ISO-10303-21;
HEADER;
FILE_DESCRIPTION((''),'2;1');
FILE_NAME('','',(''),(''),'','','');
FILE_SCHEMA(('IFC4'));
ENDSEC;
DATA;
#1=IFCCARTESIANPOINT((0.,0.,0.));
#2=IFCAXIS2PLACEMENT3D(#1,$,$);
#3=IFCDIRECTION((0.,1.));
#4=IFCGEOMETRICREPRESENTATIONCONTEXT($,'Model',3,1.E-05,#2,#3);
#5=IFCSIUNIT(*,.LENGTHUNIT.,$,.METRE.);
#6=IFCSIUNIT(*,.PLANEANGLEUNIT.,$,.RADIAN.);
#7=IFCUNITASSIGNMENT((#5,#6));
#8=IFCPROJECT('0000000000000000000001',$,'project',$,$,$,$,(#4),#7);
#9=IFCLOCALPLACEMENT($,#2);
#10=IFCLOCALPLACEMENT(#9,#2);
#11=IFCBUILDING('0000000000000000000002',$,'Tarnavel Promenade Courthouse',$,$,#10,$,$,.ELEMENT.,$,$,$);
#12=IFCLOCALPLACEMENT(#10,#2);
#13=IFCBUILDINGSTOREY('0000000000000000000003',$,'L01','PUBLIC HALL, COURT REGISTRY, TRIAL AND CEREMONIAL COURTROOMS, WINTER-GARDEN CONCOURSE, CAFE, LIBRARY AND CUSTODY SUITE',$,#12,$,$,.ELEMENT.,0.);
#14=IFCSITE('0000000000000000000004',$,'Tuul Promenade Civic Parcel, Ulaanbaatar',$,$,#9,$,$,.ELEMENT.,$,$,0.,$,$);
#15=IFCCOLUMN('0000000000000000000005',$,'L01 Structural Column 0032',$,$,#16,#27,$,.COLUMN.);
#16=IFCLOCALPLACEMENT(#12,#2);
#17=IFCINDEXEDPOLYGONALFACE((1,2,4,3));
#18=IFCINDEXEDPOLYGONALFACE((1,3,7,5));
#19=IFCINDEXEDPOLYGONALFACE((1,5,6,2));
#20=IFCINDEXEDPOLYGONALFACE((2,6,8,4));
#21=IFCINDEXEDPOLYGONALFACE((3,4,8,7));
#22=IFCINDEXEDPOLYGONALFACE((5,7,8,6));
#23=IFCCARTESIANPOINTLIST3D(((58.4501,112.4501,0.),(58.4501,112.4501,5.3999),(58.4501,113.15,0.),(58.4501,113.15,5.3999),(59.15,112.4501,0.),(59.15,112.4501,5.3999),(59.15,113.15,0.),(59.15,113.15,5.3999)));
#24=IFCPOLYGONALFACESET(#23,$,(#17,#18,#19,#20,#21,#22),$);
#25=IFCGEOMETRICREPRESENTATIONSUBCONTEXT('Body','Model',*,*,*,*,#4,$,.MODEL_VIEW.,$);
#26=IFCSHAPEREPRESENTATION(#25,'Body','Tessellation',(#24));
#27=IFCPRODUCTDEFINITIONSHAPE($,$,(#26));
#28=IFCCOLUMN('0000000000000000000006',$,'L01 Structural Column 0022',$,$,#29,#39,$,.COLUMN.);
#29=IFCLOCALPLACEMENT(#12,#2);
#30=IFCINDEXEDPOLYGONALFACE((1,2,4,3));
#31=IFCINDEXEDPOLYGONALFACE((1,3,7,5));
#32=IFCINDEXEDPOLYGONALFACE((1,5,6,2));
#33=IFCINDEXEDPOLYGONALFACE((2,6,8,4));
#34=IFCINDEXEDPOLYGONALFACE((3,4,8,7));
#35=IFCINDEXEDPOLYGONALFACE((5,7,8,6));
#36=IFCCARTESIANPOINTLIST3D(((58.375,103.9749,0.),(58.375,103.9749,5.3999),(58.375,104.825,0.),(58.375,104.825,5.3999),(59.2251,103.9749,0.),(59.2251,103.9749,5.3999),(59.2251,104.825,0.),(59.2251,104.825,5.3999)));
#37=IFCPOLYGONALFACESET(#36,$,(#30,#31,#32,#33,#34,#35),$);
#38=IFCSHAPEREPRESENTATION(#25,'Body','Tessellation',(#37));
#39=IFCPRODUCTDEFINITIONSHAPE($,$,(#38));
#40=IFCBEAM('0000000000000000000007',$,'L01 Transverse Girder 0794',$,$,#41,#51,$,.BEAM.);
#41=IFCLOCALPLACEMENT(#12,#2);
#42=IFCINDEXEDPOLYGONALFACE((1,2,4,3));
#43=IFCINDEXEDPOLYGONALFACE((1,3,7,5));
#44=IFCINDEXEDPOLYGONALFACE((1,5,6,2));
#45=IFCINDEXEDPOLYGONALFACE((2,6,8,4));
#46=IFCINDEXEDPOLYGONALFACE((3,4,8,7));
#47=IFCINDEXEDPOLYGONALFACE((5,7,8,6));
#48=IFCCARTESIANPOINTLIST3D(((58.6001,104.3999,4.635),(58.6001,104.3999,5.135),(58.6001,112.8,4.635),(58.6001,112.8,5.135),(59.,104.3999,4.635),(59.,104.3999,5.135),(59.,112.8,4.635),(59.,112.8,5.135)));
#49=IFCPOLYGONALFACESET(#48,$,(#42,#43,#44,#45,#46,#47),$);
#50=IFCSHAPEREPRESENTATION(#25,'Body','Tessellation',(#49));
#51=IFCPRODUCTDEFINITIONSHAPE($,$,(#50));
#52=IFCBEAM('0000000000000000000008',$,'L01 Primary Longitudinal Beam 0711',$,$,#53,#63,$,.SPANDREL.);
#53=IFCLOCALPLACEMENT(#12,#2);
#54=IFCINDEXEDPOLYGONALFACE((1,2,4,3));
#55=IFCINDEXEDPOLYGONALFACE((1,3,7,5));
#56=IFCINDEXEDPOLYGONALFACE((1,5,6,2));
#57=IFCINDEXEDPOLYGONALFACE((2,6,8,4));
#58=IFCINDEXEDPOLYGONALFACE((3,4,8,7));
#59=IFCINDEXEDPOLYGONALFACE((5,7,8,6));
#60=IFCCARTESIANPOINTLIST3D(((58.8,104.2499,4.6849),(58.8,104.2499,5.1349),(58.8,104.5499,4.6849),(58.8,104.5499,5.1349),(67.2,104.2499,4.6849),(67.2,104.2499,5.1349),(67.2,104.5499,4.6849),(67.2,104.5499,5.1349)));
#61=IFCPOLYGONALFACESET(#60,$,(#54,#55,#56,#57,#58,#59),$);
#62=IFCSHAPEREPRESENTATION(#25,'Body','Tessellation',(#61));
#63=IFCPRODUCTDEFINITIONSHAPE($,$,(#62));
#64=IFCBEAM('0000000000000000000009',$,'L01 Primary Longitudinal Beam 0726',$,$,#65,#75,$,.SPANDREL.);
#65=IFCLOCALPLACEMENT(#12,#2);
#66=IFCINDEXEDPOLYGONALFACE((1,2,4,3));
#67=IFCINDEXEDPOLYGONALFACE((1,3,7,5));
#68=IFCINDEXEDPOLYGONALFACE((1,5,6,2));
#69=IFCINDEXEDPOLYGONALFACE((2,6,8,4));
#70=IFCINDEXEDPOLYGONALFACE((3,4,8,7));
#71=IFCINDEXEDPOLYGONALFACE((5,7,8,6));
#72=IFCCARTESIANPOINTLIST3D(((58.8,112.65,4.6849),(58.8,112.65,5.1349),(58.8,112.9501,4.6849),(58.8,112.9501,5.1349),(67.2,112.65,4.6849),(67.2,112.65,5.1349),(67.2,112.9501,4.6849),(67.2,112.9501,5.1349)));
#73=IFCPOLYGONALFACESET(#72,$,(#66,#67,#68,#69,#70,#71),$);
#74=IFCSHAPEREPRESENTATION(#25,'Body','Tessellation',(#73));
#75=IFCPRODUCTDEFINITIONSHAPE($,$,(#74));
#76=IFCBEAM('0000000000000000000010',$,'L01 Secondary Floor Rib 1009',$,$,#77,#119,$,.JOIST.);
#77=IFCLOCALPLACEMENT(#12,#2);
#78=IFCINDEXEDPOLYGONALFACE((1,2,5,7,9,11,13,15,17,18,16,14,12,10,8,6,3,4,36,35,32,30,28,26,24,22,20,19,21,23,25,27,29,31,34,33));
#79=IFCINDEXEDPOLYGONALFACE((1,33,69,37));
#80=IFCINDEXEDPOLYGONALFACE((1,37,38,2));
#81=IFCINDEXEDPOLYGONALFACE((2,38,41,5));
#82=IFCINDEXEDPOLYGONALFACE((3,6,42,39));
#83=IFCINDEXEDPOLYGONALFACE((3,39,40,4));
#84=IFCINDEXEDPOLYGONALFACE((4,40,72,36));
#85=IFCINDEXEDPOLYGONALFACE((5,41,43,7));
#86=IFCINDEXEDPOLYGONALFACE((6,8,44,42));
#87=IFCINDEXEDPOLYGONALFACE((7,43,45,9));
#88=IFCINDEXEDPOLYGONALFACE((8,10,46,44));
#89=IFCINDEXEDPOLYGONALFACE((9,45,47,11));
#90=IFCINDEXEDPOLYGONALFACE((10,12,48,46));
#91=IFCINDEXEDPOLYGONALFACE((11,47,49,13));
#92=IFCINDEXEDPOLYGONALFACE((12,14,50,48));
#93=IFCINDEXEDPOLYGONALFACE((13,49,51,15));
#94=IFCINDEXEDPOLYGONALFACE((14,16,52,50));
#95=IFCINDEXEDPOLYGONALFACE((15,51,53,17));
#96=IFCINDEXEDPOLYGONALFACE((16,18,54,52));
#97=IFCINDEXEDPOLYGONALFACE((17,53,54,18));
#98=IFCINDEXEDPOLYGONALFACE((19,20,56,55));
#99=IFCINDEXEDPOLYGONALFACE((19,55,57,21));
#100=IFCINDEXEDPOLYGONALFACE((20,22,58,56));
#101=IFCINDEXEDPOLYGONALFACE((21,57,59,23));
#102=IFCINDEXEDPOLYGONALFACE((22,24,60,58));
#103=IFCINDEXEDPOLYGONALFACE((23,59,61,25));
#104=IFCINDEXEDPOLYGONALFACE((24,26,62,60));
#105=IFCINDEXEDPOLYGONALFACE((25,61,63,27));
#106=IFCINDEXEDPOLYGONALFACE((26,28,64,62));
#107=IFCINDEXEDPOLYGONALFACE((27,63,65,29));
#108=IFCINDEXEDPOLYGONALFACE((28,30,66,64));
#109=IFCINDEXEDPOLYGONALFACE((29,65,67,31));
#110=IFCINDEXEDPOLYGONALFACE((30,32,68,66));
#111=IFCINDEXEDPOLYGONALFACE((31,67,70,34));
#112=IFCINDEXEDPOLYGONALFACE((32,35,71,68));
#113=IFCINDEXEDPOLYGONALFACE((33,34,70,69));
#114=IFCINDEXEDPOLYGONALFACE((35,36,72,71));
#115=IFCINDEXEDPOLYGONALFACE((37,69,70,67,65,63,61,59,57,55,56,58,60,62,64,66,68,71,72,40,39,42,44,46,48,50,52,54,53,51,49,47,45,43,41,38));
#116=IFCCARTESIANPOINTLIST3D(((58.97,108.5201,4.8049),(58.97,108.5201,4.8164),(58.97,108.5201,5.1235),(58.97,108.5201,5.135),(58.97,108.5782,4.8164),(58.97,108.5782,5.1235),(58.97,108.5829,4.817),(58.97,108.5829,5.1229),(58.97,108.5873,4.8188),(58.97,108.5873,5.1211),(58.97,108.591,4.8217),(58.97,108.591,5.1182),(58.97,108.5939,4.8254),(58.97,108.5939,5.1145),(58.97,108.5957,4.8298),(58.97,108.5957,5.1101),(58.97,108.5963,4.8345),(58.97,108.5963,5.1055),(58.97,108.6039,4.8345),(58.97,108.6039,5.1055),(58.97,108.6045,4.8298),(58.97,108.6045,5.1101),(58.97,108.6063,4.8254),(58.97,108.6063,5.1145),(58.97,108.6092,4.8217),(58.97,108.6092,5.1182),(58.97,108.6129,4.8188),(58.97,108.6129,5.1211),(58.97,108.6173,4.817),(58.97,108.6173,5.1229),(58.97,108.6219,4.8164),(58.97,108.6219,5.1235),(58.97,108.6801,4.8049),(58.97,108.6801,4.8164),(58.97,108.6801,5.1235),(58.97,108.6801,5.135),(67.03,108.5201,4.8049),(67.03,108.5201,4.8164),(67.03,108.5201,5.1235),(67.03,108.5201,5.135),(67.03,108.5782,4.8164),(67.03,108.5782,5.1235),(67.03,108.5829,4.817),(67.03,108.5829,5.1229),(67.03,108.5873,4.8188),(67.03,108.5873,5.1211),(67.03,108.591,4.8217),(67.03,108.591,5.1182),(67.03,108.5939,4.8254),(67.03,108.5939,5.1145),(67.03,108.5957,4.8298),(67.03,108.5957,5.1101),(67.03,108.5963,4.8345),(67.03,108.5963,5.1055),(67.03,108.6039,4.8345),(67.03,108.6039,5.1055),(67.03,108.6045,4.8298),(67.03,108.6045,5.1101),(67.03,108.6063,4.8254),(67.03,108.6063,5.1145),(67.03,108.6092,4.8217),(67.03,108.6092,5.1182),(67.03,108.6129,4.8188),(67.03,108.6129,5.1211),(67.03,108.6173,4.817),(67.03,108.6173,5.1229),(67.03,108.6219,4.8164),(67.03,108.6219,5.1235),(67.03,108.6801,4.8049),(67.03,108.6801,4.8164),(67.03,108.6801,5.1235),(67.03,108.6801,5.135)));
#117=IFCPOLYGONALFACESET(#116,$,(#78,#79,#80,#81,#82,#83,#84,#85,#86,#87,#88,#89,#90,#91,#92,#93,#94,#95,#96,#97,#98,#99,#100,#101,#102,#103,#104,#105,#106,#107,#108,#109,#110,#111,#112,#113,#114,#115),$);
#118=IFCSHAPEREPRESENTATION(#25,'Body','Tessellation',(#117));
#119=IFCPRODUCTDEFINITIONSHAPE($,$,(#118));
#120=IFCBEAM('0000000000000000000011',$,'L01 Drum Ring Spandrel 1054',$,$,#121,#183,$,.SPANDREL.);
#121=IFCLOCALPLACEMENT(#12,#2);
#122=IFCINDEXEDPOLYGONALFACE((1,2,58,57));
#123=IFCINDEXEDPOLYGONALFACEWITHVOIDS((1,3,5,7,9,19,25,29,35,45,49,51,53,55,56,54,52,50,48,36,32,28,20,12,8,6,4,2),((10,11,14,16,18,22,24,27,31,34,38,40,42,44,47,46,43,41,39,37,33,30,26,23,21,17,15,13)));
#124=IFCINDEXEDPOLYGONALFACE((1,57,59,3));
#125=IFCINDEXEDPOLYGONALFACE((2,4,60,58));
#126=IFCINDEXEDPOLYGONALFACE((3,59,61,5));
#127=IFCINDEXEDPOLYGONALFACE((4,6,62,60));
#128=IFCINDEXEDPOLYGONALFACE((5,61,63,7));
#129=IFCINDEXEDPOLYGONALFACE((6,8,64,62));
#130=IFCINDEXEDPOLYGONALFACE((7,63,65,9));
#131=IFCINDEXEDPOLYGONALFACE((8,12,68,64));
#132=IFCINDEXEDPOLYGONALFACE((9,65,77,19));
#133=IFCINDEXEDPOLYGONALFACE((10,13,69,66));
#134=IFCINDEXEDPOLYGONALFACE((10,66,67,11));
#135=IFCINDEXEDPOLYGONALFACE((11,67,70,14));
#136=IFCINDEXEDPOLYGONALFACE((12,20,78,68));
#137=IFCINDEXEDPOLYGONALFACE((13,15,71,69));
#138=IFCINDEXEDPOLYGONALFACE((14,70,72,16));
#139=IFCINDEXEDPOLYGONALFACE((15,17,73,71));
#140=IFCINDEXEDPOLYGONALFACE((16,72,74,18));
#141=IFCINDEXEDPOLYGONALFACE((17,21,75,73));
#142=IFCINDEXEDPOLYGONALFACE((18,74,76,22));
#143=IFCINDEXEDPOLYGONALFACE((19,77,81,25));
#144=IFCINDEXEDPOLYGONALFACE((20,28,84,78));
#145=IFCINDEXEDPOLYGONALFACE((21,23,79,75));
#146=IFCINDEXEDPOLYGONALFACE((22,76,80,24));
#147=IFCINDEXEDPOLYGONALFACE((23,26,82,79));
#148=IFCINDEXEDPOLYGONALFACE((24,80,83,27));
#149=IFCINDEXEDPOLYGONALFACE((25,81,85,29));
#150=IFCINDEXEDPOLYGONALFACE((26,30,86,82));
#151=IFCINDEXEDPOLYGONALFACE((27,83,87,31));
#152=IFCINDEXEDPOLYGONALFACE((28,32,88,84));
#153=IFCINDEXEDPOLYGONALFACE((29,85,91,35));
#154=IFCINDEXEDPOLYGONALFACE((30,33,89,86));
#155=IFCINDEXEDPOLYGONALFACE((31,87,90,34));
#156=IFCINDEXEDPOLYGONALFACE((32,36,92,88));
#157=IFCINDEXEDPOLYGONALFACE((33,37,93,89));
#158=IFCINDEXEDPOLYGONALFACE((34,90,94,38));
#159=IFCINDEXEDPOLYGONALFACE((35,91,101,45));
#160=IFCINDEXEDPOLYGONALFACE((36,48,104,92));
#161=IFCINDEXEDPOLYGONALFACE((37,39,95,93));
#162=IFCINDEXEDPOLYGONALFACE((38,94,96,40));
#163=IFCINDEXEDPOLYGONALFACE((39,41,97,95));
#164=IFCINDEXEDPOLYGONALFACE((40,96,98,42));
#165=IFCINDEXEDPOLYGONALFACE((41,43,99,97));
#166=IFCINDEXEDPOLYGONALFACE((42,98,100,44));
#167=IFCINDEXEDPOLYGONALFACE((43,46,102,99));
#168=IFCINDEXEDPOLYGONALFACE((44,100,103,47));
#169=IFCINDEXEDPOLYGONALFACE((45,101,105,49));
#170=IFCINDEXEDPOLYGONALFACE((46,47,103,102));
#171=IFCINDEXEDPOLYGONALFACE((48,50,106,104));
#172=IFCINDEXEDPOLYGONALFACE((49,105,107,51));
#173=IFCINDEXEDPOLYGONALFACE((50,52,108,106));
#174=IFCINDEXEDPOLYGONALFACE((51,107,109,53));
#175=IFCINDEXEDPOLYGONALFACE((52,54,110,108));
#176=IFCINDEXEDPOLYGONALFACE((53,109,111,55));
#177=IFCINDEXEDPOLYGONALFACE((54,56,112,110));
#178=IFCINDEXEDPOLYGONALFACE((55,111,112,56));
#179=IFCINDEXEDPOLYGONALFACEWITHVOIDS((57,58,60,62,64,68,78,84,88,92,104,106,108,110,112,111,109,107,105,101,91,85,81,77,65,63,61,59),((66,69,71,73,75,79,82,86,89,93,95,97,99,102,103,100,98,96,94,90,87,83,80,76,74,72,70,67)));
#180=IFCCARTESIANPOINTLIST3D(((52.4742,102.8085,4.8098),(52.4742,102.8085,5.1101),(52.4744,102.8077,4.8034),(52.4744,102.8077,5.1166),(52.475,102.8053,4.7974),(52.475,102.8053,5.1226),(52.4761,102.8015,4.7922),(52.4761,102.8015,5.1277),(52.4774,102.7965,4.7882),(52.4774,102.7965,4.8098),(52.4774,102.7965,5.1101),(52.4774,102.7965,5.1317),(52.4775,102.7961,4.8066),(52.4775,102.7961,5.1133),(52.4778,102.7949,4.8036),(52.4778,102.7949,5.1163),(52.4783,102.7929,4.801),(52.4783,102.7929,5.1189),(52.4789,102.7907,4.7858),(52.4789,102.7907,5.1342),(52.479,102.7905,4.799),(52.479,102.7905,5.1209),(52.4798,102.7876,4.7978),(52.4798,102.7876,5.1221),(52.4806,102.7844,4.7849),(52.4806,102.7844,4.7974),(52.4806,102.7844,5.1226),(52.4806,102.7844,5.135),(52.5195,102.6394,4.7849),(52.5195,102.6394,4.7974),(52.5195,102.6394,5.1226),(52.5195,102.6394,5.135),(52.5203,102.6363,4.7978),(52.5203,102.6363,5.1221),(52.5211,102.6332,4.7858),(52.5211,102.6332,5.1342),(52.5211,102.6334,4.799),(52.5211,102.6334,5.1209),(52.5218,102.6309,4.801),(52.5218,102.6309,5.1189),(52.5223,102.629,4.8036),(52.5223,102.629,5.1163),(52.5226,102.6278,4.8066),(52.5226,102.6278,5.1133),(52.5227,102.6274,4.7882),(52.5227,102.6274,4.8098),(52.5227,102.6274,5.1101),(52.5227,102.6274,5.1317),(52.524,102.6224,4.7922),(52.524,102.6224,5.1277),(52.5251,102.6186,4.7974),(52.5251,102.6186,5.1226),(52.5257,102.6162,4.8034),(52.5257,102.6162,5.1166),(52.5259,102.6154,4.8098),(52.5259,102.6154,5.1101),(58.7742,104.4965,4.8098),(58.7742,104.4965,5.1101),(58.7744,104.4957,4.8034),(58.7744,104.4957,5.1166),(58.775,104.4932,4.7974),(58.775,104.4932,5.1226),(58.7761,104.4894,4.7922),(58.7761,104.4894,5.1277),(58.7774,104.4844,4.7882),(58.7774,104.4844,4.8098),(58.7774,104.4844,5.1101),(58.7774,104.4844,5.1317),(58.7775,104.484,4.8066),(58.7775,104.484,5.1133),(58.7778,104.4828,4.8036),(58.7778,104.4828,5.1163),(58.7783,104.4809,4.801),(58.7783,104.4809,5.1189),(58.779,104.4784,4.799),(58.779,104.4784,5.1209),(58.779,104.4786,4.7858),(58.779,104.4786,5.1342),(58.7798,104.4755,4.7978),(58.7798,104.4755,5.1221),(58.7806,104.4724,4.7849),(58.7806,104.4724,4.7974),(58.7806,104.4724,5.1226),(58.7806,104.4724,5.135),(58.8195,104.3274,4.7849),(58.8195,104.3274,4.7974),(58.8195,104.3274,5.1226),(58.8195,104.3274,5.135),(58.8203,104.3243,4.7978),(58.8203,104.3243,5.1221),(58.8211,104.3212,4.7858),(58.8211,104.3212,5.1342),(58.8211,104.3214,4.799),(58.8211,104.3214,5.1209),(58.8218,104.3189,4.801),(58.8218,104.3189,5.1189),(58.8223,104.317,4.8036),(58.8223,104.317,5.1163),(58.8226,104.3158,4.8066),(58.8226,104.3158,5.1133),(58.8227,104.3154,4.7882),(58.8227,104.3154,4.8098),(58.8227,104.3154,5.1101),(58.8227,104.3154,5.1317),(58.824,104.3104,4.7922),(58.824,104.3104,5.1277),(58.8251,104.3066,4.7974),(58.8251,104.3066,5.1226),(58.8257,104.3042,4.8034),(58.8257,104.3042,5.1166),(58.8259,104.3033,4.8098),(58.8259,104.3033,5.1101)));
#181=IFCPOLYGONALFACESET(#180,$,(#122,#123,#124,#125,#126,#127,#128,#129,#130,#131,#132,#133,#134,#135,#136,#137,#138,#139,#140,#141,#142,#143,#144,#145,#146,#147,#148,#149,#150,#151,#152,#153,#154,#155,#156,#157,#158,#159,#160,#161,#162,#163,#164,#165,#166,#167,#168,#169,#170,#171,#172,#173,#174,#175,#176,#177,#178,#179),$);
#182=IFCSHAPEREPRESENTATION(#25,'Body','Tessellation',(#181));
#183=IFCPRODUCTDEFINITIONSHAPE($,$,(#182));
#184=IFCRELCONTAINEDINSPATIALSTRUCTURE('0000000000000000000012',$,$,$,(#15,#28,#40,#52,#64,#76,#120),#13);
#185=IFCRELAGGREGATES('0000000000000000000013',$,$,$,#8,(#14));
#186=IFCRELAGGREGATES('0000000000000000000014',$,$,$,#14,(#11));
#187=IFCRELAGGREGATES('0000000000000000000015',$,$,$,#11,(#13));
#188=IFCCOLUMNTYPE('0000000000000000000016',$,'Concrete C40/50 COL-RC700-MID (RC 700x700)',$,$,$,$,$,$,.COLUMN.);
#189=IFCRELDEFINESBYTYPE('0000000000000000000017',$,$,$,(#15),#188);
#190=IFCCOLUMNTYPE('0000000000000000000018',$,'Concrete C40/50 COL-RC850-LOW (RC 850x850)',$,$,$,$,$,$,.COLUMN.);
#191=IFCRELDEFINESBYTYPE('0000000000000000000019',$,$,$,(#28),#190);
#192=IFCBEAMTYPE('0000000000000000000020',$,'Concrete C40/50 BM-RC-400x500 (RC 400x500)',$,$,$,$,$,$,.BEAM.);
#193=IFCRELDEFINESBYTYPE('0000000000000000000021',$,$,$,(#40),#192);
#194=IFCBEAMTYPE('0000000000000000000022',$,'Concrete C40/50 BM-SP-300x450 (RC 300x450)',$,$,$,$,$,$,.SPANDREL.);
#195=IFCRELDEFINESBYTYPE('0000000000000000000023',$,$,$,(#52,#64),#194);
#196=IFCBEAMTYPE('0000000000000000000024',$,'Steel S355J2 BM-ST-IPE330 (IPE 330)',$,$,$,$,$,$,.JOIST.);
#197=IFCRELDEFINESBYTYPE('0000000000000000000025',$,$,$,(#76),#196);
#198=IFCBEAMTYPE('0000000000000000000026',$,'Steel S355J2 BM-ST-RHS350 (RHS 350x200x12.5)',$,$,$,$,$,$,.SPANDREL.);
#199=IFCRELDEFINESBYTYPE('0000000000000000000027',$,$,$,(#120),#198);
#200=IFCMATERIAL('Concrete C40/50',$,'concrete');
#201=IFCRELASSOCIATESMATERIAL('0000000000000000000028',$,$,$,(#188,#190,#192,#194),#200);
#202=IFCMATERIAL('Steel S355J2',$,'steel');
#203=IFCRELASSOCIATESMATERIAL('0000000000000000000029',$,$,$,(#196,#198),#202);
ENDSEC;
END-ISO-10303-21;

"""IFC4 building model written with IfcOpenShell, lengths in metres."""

from ifc_helpers import new_model, si_unit, direction, frame, origin, origin_2d, place, context, subcontext, project, spatial, rectangle, hollow_rectangle, i_section, extrude, material, material_profile, profile_set, type_object, element, save


model = new_model("IFC4")

# Units and contexts
model_context = context("Model", 3, precision=1e-05, world=origin(), true_north=direction((0.0, 1.0)))
body_context = subcontext(model_context, "Body", "Model", "MODEL_VIEW")
ifc_project = project(units=[si_unit("LENGTHUNIT", "METRE"), si_unit("PLANEANGLEUNIT", "RADIAN")], contexts=[model_context])

# Site, building, storey
site_placement = place(None, origin())
site = spatial("IfcSite", under=ifc_project, at=site_placement, Name="Tuul Promenade Civic Parcel, Ulaanbaatar", CompositionType="ELEMENT", RefElevation=0.0)
building_placement = place(site_placement, origin())
building = spatial("IfcBuilding", under=site, at=building_placement, Name="Tarnavel Promenade Courthouse", CompositionType="ELEMENT")
storey_placement = place(building_placement, origin())
storey = spatial("IfcBuildingStorey", under=building, at=storey_placement, Name="L01", Description="PUBLIC HALL, COURT REGISTRY, TRIAL AND CEREMONIAL COURTROOMS, WINTER-GARDEN CONCOURSE, CAFE, LIBRARY AND CUSTODY SUITE", CompositionType="ELEMENT", Elevation=0.0)

# Columns
ifc_material_1 = material(Name="Concrete C40/50", Category="concrete")
ifc_material_profile_1 = material_profile(ifc_material_1, rectangle(XDim=0.7, YDim=0.7, at=origin_2d()), Name="RC 700x700")
ifc_profile_set_1 = profile_set([ifc_material_profile_1], Name="Concrete C40/50")
column_type_1 = type_object("IfcColumnType", Name="Concrete C40/50 COL-RC700-MID (RC 700x700)", PredefinedType="COLUMN", material=ifc_profile_set_1)
column_1_placement = place(storey_placement, frame((58.8, 112.8, 0.0), z_axis=(0.0, 0.0, 1.0), x_axis=(1.0, 0.0, 0.0)))
element("IfcColumn", 1, at=column_1_placement, inside=storey, type_object=column_type_1, Name="L01 Structural Column 0032", PredefinedType="COLUMN", context=body_context, shape_type="SweptSolid", body=[
    extrude(rectangle(XDim=0.7, YDim=0.7, at=origin_2d()), origin(), (0.0, 0.0, 1.0), 5.3999),
])
ifc_material_profile_2 = material_profile(ifc_material_1, rectangle(XDim=0.8501, YDim=0.8501, at=origin_2d()), Name="RC 850x850")
ifc_profile_set_2 = profile_set([ifc_material_profile_2], Name="Concrete C40/50")
column_type_2 = type_object("IfcColumnType", Name="Concrete C40/50 COL-RC850-LOW (RC 850x850)", PredefinedType="COLUMN", material=ifc_profile_set_2)
column_2_placement = place(storey_placement, frame((58.8, 104.3999, 0.0), z_axis=(0.0, 0.0, 1.0), x_axis=(1.0, 0.0, 0.0)))
element("IfcColumn", 2, at=column_2_placement, inside=storey, type_object=column_type_2, Name="L01 Structural Column 0022", PredefinedType="COLUMN", context=body_context, shape_type="SweptSolid", body=[
    extrude(rectangle(XDim=0.8501, YDim=0.8501, at=origin_2d()), origin(), (0.0, 0.0, 1.0), 5.3999),
])

# Beams
ifc_material_profile_3 = material_profile(ifc_material_1, rectangle(XDim=0.3999, YDim=0.5, at=origin_2d()), Name="RC 400x500")
ifc_profile_set_3 = profile_set([ifc_material_profile_3], Name="Concrete C40/50")
beam_type_1 = type_object("IfcBeamType", Name="Concrete C40/50 BM-RC-400x500 (RC 400x500)", PredefinedType="BEAM", material=ifc_profile_set_3)
beam_1_placement = place(storey_placement, frame((58.8, 104.3999, 4.885), z_axis=(0.0, 1.0, 0.0), x_axis=(-1.0, 0.0, 0.0)))
element("IfcBeam", 3, at=beam_1_placement, inside=storey, type_object=beam_type_1, Name="L01 Transverse Girder 0794", PredefinedType="BEAM", context=body_context, shape_type="SweptSolid", body=[
    extrude(rectangle(XDim=0.3999, YDim=0.5, at=origin_2d()), origin(), (0.0, 0.0, 1.0), 8.4001),
])
ifc_material_profile_4 = material_profile(ifc_material_1, rectangle(XDim=0.3, YDim=0.45, at=origin_2d()), Name="RC 300x450")
ifc_profile_set_4 = profile_set([ifc_material_profile_4], Name="Concrete C40/50")
beam_type_2 = type_object("IfcBeamType", Name="Concrete C40/50 BM-SP-300x450 (RC 300x450)", PredefinedType="SPANDREL", material=ifc_profile_set_4)
for number, where, z_axis, x_axis, name in (
    (4, (58.8, 104.3999, 4.9099), (1.0, 0.0, 0.0), (0.0, 1.0, 0.0), "L01 Primary Longitudinal Beam 0711"),
    (5, (58.8, 112.8, 4.9099), (1.0, 0.0, 0.0), (0.0, 1.0, 0.0), "L01 Primary Longitudinal Beam 0726"),
):
    element("IfcBeam", number, at=place(storey_placement, frame(where, z_axis=z_axis, x_axis=x_axis)), inside=storey, type_object=beam_type_2, Name=name, PredefinedType="SPANDREL", context=body_context, shape_type="SweptSolid", body=[
        extrude(rectangle(XDim=0.3, YDim=0.45, at=origin_2d()), origin(), (0.0, 0.0, 1.0), 8.3999),
    ])
ifc_material_2 = material(Name="Steel S355J2", Category="steel")
ifc_material_profile_5 = material_profile(ifc_material_2, i_section(OverallWidth=0.1599, OverallDepth=0.3301, WebThickness=0.0076, FlangeThickness=0.0115, FilletRadius=0.0181, at=origin_2d()), Name="IPE 330")
ifc_profile_set_5 = profile_set([ifc_material_profile_5], Name="Steel S355J2")
beam_type_3 = type_object("IfcBeamType", Name="Steel S355J2 BM-ST-IPE330 (IPE 330)", PredefinedType="JOIST", material=ifc_profile_set_5)
beam_2_placement = place(storey_placement, frame((58.97, 108.6001, 4.97), z_axis=(1.0, 0.0, 0.0), x_axis=(0.0, 1.0, 0.0)))
element("IfcBeam", 6, at=beam_2_placement, inside=storey, type_object=beam_type_3, Name="L01 Secondary Floor Rib 1009", PredefinedType="JOIST", context=body_context, shape_type="SweptSolid", body=[
    extrude(i_section(OverallWidth=0.1599, OverallDepth=0.3301, WebThickness=0.0076, FlangeThickness=0.0115, FilletRadius=0.0181, at=origin_2d()), origin(), (0.0, 0.0, 1.0), 8.0601),
])
ifc_material_profile_6 = material_profile(ifc_material_2, hollow_rectangle(XDim=0.2, YDim=0.3501, WallThickness=0.0125, InnerFilletRadius=0.0125, OuterFilletRadius=0.0249, at=origin_2d()), Name="RHS 350x200x12.5")
ifc_profile_set_6 = profile_set([ifc_material_profile_6], Name="Steel S355J2")
beam_type_4 = type_object("IfcBeamType", Name="Steel S355J2 BM-ST-RHS350 (RHS 350x200x12.5)", PredefinedType="SPANDREL", material=ifc_profile_set_6)
beam_3_placement = place(storey_placement, frame((58.8, 104.3999, 4.96), z_axis=(-0.96593, -0.258804, 0.0), x_axis=(0.258804, -0.96593, 0.0)))
element("IfcBeam", 7, at=beam_3_placement, inside=storey, type_object=beam_type_4, Name="L01 Drum Ring Spandrel 1054", PredefinedType="SPANDREL", context=body_context, shape_type="SweptSolid", body=[
    extrude(hollow_rectangle(XDim=0.2, YDim=0.3501, WallThickness=0.0125, InnerFilletRadius=0.0125, OuterFilletRadius=0.0249, at=origin_2d()), origin(), (0.0, 0.0, 1.0), 6.5222),
])

save(model, "model.ifc")
